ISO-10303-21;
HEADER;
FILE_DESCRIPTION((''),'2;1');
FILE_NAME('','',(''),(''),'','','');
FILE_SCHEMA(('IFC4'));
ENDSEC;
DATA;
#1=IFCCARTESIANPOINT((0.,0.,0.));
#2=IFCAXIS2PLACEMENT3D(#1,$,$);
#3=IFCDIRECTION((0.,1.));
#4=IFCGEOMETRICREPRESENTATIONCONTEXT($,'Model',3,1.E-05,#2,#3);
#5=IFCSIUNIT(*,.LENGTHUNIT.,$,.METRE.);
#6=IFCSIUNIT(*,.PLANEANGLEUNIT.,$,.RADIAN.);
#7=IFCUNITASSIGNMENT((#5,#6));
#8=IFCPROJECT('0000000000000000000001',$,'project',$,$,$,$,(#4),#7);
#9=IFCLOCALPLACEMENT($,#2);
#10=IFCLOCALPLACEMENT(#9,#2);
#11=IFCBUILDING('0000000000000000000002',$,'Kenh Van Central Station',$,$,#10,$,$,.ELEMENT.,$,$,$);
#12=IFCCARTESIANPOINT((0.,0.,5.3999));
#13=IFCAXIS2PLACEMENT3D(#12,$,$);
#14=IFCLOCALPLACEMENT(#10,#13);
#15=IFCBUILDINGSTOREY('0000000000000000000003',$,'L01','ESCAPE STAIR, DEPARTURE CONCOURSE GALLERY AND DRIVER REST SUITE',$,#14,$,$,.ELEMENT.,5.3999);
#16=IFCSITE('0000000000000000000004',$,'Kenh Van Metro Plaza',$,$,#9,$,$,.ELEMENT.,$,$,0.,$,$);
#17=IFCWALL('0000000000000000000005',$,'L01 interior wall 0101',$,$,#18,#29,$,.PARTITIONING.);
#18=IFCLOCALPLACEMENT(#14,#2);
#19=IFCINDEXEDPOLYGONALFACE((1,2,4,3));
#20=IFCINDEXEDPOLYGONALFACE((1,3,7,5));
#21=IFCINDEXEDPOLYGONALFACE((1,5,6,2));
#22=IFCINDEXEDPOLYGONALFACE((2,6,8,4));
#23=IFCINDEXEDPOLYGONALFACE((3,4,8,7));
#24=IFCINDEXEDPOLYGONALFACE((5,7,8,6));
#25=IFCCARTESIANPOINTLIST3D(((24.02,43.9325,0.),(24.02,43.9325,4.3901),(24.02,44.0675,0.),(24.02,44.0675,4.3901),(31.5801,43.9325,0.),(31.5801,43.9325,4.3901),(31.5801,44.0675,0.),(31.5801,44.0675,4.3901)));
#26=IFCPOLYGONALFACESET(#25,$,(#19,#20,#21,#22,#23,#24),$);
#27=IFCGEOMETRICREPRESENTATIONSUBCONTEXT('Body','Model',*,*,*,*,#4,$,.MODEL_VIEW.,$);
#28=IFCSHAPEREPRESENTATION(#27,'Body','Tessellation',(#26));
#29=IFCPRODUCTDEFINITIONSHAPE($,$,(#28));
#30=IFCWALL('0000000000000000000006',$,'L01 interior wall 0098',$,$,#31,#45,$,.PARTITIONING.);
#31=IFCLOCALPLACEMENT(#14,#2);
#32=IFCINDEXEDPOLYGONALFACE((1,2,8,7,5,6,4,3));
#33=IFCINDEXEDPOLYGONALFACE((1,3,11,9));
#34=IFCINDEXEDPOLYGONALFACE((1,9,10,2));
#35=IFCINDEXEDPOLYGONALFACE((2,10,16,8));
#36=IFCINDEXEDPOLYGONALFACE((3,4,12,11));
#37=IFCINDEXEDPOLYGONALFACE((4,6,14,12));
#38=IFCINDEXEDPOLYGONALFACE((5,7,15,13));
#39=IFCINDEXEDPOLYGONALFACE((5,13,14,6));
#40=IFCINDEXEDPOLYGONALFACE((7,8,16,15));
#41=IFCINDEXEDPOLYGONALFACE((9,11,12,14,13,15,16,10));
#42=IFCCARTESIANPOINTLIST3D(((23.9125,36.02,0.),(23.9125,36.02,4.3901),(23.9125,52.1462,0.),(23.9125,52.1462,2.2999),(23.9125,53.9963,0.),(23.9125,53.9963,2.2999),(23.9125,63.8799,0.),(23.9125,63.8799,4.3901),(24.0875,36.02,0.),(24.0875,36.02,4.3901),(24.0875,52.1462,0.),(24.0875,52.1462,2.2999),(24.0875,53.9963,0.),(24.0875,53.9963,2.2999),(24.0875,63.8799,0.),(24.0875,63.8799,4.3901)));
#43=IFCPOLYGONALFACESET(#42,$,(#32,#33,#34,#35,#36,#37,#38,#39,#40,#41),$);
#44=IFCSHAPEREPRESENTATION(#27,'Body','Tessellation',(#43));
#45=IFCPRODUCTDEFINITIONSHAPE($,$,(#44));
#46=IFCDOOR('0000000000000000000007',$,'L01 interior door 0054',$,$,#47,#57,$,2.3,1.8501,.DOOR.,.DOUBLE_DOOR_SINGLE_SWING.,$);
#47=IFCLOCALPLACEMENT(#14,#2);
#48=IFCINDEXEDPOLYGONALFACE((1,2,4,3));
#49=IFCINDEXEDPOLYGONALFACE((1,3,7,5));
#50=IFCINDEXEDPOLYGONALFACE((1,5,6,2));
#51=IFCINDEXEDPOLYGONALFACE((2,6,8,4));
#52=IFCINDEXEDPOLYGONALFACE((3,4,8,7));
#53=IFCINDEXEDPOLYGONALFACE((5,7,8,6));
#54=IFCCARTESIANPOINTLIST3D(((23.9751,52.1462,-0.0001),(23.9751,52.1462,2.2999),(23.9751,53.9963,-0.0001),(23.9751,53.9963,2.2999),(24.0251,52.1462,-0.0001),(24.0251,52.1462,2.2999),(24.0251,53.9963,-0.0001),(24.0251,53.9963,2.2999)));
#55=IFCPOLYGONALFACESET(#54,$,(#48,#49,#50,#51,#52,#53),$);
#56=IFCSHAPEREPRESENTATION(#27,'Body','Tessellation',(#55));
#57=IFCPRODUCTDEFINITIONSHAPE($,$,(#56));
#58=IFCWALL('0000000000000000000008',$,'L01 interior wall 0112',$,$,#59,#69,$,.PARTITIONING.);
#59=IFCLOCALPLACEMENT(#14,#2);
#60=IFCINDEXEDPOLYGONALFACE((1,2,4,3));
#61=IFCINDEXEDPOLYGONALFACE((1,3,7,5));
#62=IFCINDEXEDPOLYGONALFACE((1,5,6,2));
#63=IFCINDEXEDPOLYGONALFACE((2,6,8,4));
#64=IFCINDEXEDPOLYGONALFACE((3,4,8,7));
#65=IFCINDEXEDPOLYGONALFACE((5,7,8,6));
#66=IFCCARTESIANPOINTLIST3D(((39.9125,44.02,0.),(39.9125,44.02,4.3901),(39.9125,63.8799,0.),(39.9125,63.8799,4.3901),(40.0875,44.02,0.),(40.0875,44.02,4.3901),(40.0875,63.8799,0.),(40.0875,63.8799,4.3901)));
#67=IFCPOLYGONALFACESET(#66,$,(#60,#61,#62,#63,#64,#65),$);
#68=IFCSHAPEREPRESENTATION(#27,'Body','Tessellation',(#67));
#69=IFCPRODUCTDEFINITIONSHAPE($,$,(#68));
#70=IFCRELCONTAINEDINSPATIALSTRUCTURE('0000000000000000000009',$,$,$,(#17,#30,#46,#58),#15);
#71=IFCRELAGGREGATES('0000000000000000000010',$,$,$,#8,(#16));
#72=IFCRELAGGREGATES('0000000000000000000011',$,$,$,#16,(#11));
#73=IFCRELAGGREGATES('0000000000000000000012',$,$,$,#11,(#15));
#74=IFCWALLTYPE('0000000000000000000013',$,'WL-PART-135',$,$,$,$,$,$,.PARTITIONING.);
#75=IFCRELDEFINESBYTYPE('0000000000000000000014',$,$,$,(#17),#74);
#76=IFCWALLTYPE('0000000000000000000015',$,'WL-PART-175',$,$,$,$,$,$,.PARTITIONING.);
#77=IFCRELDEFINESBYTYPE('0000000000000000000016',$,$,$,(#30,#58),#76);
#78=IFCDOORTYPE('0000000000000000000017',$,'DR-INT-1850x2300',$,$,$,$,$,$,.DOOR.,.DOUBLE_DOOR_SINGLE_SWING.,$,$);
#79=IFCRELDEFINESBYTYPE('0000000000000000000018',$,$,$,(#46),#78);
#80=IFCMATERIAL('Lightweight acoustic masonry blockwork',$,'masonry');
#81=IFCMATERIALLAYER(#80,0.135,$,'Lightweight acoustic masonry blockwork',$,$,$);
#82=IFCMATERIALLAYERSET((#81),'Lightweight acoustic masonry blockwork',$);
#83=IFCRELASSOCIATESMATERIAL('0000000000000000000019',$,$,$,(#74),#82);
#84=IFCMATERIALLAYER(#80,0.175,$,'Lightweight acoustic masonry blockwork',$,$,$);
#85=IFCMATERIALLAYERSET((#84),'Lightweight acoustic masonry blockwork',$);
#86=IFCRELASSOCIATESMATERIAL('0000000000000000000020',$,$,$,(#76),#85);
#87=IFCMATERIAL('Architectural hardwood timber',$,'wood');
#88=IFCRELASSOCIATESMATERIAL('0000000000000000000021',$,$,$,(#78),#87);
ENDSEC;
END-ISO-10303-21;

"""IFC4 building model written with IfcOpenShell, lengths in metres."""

from ifc_helpers import new_model, si_unit, direction, frame, frame_2d, origin, place, context, subcontext, project, spatial, rectangle, extrude, material, layer, layer_set, type_object, element, fill, save


model = new_model("IFC4")

# Units and contexts
model_context = context("Model", 3, precision=1e-05, world=origin(), true_north=direction((0.0, 1.0)))
body_context = subcontext(model_context, "Body", "Model", "MODEL_VIEW")
ifc_project = project(units=[si_unit("LENGTHUNIT", "METRE"), si_unit("PLANEANGLEUNIT", "RADIAN")], contexts=[model_context])

# Site, building, storey
site_placement = place(None, origin())
site = spatial("IfcSite", under=ifc_project, at=site_placement, Name="Kenh Van Metro Plaza", CompositionType="ELEMENT", RefElevation=0.0)
building_placement = place(site_placement, origin())
building = spatial("IfcBuilding", under=site, at=building_placement, Name="Kenh Van Central Station", CompositionType="ELEMENT")
storey_placement = place(building_placement, frame((0.0, 0.0, 5.3999)))
storey = spatial("IfcBuildingStorey", under=building, at=storey_placement, Name="L01", Description="ESCAPE STAIR, DEPARTURE CONCOURSE GALLERY AND DRIVER REST SUITE", CompositionType="ELEMENT", Elevation=5.3999)

# Wall
ifc_material_1 = material(Name="Lightweight acoustic masonry blockwork", Category="masonry")
ifc_layer_1 = layer(ifc_material_1, 0.135, Name="Lightweight acoustic masonry blockwork")
ifc_layer_set_1 = layer_set([ifc_layer_1], Name="Lightweight acoustic masonry blockwork")
wall_type_1 = type_object("IfcWallType", Name="WL-PART-135", PredefinedType="PARTITIONING", material=ifc_layer_set_1)
wall_1_placement = place(storey_placement, frame((24.02, 44.0, 0.0), z_axis=(0.0, 0.0, 1.0), x_axis=(1.0, 0.0, 0.0)))
element("IfcWall", 1, at=wall_1_placement, inside=storey, type_object=wall_type_1, Name="L01 interior wall 0101", PredefinedType="PARTITIONING", context=body_context, shape_type="SweptSolid", body=[
    extrude(rectangle(XDim=7.5601, YDim=0.135, at=frame_2d((3.78, 0.0))), origin(), (0.0, 0.0, 1.0), 4.3901),
])

# Wall, opening, door
ifc_layer_2 = layer(ifc_material_1, 0.175, Name="Lightweight acoustic masonry blockwork")
ifc_layer_set_2 = layer_set([ifc_layer_2], Name="Lightweight acoustic masonry blockwork")
wall_type_2 = type_object("IfcWallType", Name="WL-PART-175", PredefinedType="PARTITIONING", material=ifc_layer_set_2)
wall_2_placement = place(storey_placement, frame((24.0, 36.02, 0.0), z_axis=(0.0, 0.0, 1.0), x_axis=(0.0, 1.0, 0.0)))
wall_2 = element("IfcWall", 2, at=wall_2_placement, inside=storey, type_object=wall_type_2, Name="L01 interior wall 0098", PredefinedType="PARTITIONING", context=body_context, shape_type="SweptSolid", body=[
    extrude(rectangle(XDim=27.8599, YDim=0.175, at=frame_2d((13.9299, 0.0))), origin(), (0.0, 0.0, 1.0), 4.3901),
])
opening_1_placement = place(wall_2_placement, frame((16.1262, 0.0, 0.0)))
opening_1 = element("IfcOpeningElement", 3, at=opening_1_placement, cuts=wall_2, PredefinedType="OPENING", context=body_context, shape_type="SweptSolid", body=[
    extrude(rectangle(XDim=1.8501, YDim=2.3, at=frame_2d((0.925, 1.1499))), frame((0.0, 0.0974, 0.0), z_axis=(0.0, -1.0, 0.0), x_axis=(1.0, 0.0, 0.0)), (0.0, 0.0, 1.0), 0.1951),
])
ifc_material_2 = material(Name="Architectural hardwood timber", Category="wood")
door_type_1 = type_object("IfcDoorType", Name="DR-INT-1850x2300", OperationType="DOUBLE_DOOR_SINGLE_SWING", PredefinedType="DOOR", material=ifc_material_2)
door_1_placement = place(opening_1_placement, origin())
door_1 = element("IfcDoor", 4, at=door_1_placement, inside=storey, type_object=door_type_1, Name="L01 interior door 0054", OperationType="DOUBLE_DOOR_SINGLE_SWING", OverallHeight=2.3, OverallWidth=1.8501, PredefinedType="DOOR", context=body_context, shape_type="SweptSolid", body=[
    extrude(rectangle(XDim=1.8501, YDim=2.3, at=frame_2d((0.925, 1.1499))), frame((0.0, 0.0249, 0.0), z_axis=(0.0, -1.0, 0.0), x_axis=(1.0, 0.0, 0.0)), (0.0, 0.0, 1.0), 0.05),
])
fill(opening_1, door_1)

# Wall
wall_3_placement = place(storey_placement, frame((40.0, 44.02, 0.0), z_axis=(0.0, 0.0, 1.0), x_axis=(0.0, 1.0, 0.0)))
element("IfcWall", 5, at=wall_3_placement, inside=storey, type_object=wall_type_2, Name="L01 interior wall 0112", PredefinedType="PARTITIONING", context=body_context, shape_type="SweptSolid", body=[
    extrude(rectangle(XDim=19.8599, YDim=0.175, at=frame_2d((9.9299, 0.0))), origin(), (0.0, 0.0, 1.0), 4.3901),
])

save(model, "model.ifc")
